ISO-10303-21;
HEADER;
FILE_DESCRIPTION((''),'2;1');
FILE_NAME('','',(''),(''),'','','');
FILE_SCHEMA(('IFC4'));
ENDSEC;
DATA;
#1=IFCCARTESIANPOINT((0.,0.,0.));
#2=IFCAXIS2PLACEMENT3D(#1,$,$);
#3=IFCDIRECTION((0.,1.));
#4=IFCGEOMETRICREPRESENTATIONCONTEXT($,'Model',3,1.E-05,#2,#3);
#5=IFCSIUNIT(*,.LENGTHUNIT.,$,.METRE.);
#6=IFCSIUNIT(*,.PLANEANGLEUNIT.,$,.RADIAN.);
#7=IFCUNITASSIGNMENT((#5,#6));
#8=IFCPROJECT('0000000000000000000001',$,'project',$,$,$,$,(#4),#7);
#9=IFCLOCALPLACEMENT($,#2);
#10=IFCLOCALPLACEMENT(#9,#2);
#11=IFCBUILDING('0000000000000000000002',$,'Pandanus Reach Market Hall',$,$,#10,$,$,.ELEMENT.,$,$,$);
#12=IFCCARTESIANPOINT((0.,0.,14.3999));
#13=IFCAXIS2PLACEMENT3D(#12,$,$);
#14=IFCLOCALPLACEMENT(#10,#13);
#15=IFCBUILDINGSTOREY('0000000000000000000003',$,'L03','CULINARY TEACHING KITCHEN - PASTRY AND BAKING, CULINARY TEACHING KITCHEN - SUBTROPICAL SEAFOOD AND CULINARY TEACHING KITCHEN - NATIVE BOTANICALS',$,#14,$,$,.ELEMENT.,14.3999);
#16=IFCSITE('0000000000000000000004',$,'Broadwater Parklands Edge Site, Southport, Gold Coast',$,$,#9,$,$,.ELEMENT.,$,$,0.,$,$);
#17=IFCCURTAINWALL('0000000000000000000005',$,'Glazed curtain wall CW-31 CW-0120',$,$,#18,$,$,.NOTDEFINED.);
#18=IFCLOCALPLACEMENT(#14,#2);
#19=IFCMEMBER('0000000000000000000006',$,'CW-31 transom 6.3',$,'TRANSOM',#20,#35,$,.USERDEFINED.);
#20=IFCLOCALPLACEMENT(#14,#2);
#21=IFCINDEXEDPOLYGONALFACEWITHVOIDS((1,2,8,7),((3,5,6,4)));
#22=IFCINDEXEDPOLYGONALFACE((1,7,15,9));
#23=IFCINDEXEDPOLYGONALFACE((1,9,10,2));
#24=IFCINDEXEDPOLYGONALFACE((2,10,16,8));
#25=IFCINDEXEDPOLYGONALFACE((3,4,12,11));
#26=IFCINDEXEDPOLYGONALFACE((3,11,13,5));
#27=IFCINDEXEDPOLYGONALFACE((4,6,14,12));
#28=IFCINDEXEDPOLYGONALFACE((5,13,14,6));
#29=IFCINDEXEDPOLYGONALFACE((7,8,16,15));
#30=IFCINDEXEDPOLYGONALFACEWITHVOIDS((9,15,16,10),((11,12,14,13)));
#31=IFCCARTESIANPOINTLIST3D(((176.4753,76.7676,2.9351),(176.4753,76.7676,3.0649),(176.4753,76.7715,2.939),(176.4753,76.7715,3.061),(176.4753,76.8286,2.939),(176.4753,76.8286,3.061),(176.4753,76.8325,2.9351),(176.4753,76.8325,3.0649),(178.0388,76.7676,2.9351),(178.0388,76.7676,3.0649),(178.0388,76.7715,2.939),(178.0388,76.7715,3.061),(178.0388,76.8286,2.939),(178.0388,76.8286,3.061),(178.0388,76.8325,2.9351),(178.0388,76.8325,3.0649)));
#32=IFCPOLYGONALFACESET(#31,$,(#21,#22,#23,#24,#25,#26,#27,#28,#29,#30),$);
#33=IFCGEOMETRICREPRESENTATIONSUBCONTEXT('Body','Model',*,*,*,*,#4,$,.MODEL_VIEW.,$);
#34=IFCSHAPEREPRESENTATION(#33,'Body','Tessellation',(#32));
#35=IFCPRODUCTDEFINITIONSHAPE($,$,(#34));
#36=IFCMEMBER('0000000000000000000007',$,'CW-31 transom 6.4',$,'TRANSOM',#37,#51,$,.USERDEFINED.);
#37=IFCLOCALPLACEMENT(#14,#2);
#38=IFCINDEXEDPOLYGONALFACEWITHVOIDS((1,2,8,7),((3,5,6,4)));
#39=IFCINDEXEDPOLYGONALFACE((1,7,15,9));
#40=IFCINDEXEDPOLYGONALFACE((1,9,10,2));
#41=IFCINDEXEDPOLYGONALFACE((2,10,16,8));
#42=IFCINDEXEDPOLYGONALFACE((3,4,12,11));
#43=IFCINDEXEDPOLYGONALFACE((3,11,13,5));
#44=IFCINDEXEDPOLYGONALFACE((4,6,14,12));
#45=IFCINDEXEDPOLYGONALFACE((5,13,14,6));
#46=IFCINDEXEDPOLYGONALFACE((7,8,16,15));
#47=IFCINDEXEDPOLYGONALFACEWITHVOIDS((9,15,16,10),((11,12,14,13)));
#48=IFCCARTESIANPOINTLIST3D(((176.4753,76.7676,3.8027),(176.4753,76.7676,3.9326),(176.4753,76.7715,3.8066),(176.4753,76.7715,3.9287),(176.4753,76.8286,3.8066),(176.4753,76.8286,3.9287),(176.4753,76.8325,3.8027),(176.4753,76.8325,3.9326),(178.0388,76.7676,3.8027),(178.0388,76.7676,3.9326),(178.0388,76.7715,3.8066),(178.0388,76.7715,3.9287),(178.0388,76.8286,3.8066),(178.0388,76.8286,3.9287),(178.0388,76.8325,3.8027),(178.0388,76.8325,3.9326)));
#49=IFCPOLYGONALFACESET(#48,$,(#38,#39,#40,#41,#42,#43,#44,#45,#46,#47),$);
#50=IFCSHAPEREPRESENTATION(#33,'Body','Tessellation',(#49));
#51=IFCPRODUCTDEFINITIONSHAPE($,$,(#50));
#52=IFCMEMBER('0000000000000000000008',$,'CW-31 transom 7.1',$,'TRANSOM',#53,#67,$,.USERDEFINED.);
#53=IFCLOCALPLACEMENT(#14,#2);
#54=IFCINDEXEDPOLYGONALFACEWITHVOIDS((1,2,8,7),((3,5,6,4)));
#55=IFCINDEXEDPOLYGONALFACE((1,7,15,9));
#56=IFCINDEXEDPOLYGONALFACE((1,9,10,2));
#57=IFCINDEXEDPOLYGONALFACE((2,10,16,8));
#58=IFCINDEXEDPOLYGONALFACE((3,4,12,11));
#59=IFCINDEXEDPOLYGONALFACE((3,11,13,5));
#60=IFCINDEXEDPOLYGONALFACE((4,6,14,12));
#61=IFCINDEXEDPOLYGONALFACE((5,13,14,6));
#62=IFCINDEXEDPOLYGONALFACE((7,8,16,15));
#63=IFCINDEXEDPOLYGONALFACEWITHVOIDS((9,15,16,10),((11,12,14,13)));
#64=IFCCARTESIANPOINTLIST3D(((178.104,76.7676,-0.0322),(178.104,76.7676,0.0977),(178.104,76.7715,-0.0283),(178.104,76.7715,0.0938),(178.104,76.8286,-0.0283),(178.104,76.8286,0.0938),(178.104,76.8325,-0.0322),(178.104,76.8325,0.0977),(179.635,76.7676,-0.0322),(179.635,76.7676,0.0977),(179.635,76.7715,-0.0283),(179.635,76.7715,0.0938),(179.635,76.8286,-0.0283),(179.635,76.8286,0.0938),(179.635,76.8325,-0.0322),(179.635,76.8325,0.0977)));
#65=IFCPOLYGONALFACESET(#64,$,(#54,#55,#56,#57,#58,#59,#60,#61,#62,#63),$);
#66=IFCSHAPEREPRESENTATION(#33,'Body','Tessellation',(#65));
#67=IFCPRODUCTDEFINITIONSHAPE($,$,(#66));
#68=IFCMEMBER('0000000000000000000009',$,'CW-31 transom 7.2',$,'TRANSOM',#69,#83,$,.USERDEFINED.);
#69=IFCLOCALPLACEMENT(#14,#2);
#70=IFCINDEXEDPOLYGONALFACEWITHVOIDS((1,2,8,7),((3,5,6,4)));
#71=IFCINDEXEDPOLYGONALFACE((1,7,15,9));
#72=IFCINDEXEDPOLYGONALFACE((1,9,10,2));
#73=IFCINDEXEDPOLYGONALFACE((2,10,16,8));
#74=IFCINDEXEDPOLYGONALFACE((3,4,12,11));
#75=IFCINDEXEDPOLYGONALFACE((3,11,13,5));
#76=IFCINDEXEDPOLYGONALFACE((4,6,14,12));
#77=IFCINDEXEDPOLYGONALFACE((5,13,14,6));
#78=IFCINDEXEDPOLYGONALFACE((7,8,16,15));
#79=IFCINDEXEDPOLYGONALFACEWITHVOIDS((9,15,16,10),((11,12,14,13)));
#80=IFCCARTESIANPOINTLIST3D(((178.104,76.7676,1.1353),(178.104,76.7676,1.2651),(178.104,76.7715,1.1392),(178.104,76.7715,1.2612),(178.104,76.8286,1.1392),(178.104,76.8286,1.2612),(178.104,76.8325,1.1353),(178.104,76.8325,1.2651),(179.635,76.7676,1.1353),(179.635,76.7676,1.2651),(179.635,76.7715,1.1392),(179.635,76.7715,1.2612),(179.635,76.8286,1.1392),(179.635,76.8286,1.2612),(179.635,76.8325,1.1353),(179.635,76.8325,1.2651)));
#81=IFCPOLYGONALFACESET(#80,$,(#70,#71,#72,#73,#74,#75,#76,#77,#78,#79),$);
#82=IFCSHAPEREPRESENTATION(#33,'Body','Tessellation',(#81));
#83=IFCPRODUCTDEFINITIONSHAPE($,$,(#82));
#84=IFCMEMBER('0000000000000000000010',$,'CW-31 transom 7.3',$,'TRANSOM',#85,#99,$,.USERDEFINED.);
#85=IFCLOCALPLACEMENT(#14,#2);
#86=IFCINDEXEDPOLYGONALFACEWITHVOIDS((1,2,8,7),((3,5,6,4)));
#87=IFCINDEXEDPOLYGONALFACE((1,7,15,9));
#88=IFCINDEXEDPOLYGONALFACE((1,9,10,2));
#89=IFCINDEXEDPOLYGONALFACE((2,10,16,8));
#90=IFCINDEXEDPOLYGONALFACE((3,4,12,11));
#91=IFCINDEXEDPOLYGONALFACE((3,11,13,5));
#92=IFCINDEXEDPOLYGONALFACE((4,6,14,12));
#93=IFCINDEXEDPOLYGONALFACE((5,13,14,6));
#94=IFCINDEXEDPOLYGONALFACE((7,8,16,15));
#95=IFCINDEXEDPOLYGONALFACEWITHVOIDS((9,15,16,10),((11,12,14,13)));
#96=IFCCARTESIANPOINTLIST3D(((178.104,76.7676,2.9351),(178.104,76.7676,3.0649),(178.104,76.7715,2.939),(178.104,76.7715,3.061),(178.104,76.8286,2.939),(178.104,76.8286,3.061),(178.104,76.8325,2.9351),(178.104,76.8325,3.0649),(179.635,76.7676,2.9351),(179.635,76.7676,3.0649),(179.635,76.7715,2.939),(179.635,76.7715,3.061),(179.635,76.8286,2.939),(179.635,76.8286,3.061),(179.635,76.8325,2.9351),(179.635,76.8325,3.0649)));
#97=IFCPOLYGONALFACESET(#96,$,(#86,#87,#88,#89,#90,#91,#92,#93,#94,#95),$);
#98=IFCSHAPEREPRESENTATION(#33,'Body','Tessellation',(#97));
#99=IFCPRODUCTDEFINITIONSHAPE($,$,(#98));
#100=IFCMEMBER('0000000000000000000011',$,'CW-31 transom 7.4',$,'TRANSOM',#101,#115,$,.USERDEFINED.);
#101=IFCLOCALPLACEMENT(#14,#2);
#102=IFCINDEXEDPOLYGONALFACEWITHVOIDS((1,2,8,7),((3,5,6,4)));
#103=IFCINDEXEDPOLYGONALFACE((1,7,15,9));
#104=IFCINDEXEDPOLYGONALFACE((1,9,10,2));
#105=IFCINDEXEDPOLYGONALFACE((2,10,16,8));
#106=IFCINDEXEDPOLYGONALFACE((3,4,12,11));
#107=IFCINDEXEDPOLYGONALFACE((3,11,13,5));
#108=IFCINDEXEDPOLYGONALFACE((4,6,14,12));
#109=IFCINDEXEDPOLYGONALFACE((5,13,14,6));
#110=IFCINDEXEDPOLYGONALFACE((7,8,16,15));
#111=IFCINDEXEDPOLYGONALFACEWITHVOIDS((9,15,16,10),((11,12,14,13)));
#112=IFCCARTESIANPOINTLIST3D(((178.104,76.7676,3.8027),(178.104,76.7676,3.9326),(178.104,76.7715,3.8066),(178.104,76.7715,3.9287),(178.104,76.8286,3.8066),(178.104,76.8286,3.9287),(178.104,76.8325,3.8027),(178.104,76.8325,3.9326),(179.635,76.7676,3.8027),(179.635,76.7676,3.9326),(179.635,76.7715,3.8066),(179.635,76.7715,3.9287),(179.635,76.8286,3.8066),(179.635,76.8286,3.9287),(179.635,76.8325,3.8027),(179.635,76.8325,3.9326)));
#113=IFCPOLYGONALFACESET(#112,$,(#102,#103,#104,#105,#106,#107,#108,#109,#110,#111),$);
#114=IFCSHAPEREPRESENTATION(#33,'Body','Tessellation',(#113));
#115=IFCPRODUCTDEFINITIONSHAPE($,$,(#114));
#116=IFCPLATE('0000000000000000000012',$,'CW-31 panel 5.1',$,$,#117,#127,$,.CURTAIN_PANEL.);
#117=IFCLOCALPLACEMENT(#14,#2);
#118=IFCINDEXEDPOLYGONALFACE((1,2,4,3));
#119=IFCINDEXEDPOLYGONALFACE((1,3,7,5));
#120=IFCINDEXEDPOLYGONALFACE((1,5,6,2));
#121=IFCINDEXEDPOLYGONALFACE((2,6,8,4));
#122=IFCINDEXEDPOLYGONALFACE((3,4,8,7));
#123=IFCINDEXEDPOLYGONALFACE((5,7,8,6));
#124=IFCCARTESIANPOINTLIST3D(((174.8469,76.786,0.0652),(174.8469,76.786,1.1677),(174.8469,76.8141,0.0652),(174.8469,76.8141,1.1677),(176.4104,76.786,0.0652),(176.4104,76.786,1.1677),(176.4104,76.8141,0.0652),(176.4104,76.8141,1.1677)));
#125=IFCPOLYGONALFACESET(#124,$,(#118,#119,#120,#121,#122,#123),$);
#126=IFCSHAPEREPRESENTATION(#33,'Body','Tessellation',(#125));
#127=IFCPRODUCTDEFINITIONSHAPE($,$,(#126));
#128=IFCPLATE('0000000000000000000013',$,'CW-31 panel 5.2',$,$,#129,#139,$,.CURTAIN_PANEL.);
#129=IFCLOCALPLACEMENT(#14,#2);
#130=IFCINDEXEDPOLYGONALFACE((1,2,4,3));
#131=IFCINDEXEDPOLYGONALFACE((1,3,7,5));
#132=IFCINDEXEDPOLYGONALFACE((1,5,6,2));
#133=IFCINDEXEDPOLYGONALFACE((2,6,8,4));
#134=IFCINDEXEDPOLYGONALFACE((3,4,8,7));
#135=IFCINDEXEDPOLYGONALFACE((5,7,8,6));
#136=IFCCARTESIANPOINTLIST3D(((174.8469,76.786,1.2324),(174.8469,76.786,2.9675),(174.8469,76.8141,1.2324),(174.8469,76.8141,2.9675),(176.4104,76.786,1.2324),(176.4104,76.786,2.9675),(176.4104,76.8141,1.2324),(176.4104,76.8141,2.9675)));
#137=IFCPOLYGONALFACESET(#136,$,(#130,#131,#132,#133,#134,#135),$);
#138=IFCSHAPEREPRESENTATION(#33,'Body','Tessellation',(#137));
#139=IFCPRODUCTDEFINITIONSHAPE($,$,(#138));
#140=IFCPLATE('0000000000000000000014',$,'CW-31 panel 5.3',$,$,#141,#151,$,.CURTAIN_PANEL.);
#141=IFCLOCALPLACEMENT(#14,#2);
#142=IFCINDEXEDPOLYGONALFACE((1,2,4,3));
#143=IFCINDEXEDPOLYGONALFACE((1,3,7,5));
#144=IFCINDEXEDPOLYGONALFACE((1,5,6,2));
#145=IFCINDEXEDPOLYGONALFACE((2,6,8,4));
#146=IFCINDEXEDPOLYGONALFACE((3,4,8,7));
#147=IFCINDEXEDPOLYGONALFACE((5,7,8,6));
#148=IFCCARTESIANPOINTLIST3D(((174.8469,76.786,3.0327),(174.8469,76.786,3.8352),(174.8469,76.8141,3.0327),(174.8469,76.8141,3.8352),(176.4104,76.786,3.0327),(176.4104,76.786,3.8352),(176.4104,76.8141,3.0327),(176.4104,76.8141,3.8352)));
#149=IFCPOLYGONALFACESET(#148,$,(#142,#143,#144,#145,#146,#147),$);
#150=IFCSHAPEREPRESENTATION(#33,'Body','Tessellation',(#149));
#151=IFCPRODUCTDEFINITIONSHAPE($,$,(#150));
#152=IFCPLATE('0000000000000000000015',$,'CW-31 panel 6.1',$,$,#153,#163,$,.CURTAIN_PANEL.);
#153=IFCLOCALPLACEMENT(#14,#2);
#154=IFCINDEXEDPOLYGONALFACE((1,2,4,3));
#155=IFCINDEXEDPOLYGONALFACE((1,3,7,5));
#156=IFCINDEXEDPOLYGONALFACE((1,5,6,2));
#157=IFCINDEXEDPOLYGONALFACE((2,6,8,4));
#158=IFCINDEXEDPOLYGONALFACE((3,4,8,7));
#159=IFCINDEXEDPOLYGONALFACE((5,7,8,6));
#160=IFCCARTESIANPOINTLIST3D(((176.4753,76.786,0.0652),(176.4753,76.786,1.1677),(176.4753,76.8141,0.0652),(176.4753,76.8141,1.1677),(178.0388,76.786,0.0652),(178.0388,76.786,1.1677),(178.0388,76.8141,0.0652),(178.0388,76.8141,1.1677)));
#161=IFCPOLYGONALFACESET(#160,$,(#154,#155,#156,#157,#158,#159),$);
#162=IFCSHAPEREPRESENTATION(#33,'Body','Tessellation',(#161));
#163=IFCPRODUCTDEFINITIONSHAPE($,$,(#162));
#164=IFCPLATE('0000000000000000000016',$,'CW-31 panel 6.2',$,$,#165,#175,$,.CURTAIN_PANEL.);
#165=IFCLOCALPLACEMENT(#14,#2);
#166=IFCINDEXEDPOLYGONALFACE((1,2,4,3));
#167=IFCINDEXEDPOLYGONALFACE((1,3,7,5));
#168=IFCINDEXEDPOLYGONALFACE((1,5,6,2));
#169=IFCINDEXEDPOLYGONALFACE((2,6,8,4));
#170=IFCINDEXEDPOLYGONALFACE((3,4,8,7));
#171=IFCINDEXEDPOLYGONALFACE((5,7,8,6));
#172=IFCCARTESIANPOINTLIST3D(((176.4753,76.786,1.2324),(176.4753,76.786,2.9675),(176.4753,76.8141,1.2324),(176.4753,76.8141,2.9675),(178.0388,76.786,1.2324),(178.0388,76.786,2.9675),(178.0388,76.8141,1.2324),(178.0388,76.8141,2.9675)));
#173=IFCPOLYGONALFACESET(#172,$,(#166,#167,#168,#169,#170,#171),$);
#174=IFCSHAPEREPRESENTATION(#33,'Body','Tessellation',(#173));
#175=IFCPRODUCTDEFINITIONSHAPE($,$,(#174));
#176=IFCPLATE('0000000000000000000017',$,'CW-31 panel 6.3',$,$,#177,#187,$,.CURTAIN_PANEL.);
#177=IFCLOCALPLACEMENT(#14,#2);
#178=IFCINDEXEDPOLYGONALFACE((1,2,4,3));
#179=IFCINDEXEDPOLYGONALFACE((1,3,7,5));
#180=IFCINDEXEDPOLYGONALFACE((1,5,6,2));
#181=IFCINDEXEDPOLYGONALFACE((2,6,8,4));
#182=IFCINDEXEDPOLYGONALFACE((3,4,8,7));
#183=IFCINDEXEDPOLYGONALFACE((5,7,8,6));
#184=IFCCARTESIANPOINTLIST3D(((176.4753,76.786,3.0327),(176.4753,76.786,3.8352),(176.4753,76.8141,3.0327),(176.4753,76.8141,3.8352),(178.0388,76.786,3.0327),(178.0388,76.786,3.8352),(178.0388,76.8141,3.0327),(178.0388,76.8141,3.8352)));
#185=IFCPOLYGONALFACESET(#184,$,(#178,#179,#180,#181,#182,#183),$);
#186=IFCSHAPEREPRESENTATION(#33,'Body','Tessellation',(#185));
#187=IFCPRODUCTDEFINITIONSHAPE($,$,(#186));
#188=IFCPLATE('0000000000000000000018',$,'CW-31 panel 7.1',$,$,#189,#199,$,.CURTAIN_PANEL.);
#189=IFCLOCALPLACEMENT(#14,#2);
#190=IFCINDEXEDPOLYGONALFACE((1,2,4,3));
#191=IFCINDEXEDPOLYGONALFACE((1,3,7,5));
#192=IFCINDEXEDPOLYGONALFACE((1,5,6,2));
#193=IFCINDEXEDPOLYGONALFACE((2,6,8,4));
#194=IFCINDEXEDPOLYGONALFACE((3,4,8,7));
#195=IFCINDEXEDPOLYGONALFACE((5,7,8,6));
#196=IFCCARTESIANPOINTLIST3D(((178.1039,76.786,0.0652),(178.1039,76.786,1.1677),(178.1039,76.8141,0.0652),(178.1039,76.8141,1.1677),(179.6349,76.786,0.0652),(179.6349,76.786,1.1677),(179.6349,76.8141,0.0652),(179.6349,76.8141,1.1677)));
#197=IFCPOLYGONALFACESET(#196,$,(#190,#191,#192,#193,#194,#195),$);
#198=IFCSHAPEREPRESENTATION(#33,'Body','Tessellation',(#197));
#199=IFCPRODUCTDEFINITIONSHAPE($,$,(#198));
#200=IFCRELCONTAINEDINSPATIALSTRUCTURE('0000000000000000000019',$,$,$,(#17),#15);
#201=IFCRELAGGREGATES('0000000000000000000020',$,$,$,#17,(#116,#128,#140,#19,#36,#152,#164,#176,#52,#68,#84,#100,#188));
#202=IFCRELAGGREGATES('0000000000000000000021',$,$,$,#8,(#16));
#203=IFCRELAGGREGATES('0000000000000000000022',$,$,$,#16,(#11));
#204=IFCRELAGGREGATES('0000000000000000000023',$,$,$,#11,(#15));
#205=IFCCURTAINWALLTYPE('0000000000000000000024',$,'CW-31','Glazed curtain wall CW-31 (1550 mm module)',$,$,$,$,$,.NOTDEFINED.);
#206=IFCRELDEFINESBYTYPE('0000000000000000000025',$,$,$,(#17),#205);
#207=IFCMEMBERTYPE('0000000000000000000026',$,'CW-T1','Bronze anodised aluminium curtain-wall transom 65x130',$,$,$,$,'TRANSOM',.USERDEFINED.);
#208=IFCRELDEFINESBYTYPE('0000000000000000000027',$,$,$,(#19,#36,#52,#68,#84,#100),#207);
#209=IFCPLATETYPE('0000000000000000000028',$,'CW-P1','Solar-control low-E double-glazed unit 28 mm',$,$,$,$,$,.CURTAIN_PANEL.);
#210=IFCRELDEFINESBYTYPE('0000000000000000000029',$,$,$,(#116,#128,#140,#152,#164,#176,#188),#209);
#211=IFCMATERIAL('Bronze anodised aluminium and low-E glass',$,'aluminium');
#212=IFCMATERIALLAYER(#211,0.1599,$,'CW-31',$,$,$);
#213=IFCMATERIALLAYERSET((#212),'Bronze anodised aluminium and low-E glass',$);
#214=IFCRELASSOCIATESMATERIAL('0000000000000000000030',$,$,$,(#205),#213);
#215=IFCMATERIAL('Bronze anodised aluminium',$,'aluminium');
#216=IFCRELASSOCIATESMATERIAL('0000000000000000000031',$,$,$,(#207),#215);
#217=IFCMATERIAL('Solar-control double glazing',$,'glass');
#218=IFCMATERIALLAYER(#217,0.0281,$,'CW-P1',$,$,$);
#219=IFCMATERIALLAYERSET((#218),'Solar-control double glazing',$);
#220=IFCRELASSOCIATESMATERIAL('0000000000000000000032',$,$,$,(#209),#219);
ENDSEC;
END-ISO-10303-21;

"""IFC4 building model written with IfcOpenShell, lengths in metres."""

from ifc_helpers import new_model, si_unit, direction, frame, origin, origin_2d, place, context, subcontext, project, spatial, rectangle, hollow_rectangle, extrude, material, layer, layer_set, material_profile, profile_set, type_object, element, aggregate, save


model = new_model("IFC4")

# Units and contexts
model_context = context("Model", 3, precision=1e-05, world=origin(), true_north=direction((0.0, 1.0)))
body_context = subcontext(model_context, "Body", "Model", "MODEL_VIEW")
ifc_project = project(units=[si_unit("LENGTHUNIT", "METRE"), si_unit("PLANEANGLEUNIT", "RADIAN")], contexts=[model_context])

# Site, building, storey
site_placement = place(None, origin())
site = spatial("IfcSite", under=ifc_project, at=site_placement, Name="Broadwater Parklands Edge Site, Southport, Gold Coast", CompositionType="ELEMENT", RefElevation=0.0)
building_placement = place(site_placement, origin())
building = spatial("IfcBuilding", under=site, at=building_placement, Name="Pandanus Reach Market Hall", CompositionType="ELEMENT")
storey_placement = place(building_placement, frame((0.0, 0.0, 14.3999)))
storey = spatial("IfcBuildingStorey", under=building, at=storey_placement, Name="L03", Description="CULINARY TEACHING KITCHEN - PASTRY AND BAKING, CULINARY TEACHING KITCHEN - SUBTROPICAL SEAFOOD AND CULINARY TEACHING KITCHEN - NATIVE BOTANICALS", CompositionType="ELEMENT", Elevation=14.3999)

# Curtain wall, members, plates
ifc_material_1 = material(Name="Bronze anodised aluminium and low-E glass", Category="aluminium")
ifc_layer_1 = layer(ifc_material_1, 0.1599, Name="CW-31")
ifc_layer_set_1 = layer_set([ifc_layer_1], Name="Bronze anodised aluminium and low-E glass")
curtain_wall_type = type_object("IfcCurtainWallType", Name="CW-31", Description="Glazed curtain wall CW-31 (1550 mm module)", PredefinedType="NOTDEFINED", material=ifc_layer_set_1)
curtain_wall_placement = place(storey_placement, origin())
curtain_wall = element("IfcCurtainWall", 1, at=curtain_wall_placement, inside=storey, type_object=curtain_wall_type, Name="Glazed curtain wall CW-31 CW-0120", PredefinedType="NOTDEFINED")
ifc_material_2 = material(Name="Bronze anodised aluminium", Category="aluminium")
ifc_material_profile_1 = material_profile(ifc_material_2, hollow_rectangle(XDim=0.0649, YDim=0.1299, WallThickness=0.0039, at=origin_2d()), Name="ALU65x130", Category="LoadBearing")
ifc_profile_set_1 = profile_set([ifc_material_profile_1], Name="Bronze anodised aluminium")
member_type_1 = type_object("IfcMemberType", Name="CW-T1", Description="Bronze anodised aluminium curtain-wall transom 65x130", ElementType="TRANSOM", PredefinedType="USERDEFINED", material=ifc_profile_set_1)
member_1_placement = place(storey_placement, frame((176.4753, 76.8, 3.0), z_axis=(1.0, 0.0, 0.0), x_axis=(0.0, 1.0, 0.0)))
member_1 = element("IfcMember", 2, at=member_1_placement, type_object=member_type_1, Name="CW-31 transom 6.3", ObjectType="TRANSOM", PredefinedType="USERDEFINED", context=body_context, shape_type="SweptSolid", body=[
    extrude(hollow_rectangle(XDim=0.0649, YDim=0.1299, WallThickness=0.0039, at=origin_2d()), origin(), (0.0, 0.0, 1.0), 1.5635),
])
member_2_placement = place(storey_placement, frame((176.4753, 76.8, 3.8677), z_axis=(1.0, 0.0, 0.0), x_axis=(0.0, 1.0, 0.0)))
member_2 = element("IfcMember", 3, at=member_2_placement, type_object=member_type_1, Name="CW-31 transom 6.4", ObjectType="TRANSOM", PredefinedType="USERDEFINED", context=body_context, shape_type="SweptSolid", body=[
    extrude(hollow_rectangle(XDim=0.0649, YDim=0.1299, WallThickness=0.0039, at=origin_2d()), origin(), (0.0, 0.0, 1.0), 1.5635),
])
member_3_placement = place(storey_placement, frame((178.104, 76.8, 0.0327), z_axis=(1.0, 0.0, 0.0), x_axis=(0.0, 1.0, 0.0)))
member_3 = element("IfcMember", 4, at=member_3_placement, type_object=member_type_1, Name="CW-31 transom 7.1", ObjectType="TRANSOM", PredefinedType="USERDEFINED", context=body_context, shape_type="SweptSolid", body=[
    extrude(hollow_rectangle(XDim=0.0649, YDim=0.1299, WallThickness=0.0039, at=origin_2d()), origin(), (0.0, 0.0, 1.0), 1.531),
])
member_4_placement = place(storey_placement, frame((178.104, 76.8, 1.2002), z_axis=(1.0, 0.0, 0.0), x_axis=(0.0, 1.0, 0.0)))
member_4 = element("IfcMember", 5, at=member_4_placement, type_object=member_type_1, Name="CW-31 transom 7.2", ObjectType="TRANSOM", PredefinedType="USERDEFINED", context=body_context, shape_type="SweptSolid", body=[
    extrude(hollow_rectangle(XDim=0.0649, YDim=0.1299, WallThickness=0.0039, at=origin_2d()), origin(), (0.0, 0.0, 1.0), 1.531),
])
member_5_placement = place(storey_placement, frame((178.104, 76.8, 3.0), z_axis=(1.0, 0.0, 0.0), x_axis=(0.0, 1.0, 0.0)))
member_5 = element("IfcMember", 6, at=member_5_placement, type_object=member_type_1, Name="CW-31 transom 7.3", ObjectType="TRANSOM", PredefinedType="USERDEFINED", context=body_context, shape_type="SweptSolid", body=[
    extrude(hollow_rectangle(XDim=0.0649, YDim=0.1299, WallThickness=0.0039, at=origin_2d()), origin(), (0.0, 0.0, 1.0), 1.531),
])
member_6_placement = place(storey_placement, frame((178.104, 76.8, 3.8677), z_axis=(1.0, 0.0, 0.0), x_axis=(0.0, 1.0, 0.0)))
member_6 = element("IfcMember", 7, at=member_6_placement, type_object=member_type_1, Name="CW-31 transom 7.4", ObjectType="TRANSOM", PredefinedType="USERDEFINED", context=body_context, shape_type="SweptSolid", body=[
    extrude(hollow_rectangle(XDim=0.0649, YDim=0.1299, WallThickness=0.0039, at=origin_2d()), origin(), (0.0, 0.0, 1.0), 1.531),
])
ifc_material_3 = material(Name="Solar-control double glazing", Category="glass")
ifc_layer_2 = layer(ifc_material_3, 0.0281, Name="CW-P1")
ifc_layer_set_2 = layer_set([ifc_layer_2], Name="Solar-control double glazing")
plate_type_1 = type_object("IfcPlateType", Name="CW-P1", Description="Solar-control low-E double-glazed unit 28 mm", PredefinedType="CURTAIN_PANEL", material=ifc_layer_set_2)
plate_1_placement = place(storey_placement, frame((175.6287, 76.8, 0.0652), z_axis=(0.0, 0.0, 1.0), x_axis=(1.0, 0.0, 0.0)))
plate_1 = element("IfcPlate", 8, at=plate_1_placement, type_object=plate_type_1, Name="CW-31 panel 5.1", PredefinedType="CURTAIN_PANEL", context=body_context, shape_type="SweptSolid", body=[
    extrude(rectangle(XDim=1.5635, YDim=0.0281, at=origin_2d()), origin(), (0.0, 0.0, 1.0), 1.1025),
])
plate_2_placement = place(storey_placement, frame((175.6287, 76.8, 1.2324), z_axis=(0.0, 0.0, 1.0), x_axis=(1.0, 0.0, 0.0)))
plate_2 = element("IfcPlate", 9, at=plate_2_placement, type_object=plate_type_1, Name="CW-31 panel 5.2", PredefinedType="CURTAIN_PANEL", context=body_context, shape_type="SweptSolid", body=[
    extrude(rectangle(XDim=1.5635, YDim=0.0281, at=origin_2d()), origin(), (0.0, 0.0, 1.0), 1.7351),
])
plate_3_placement = place(storey_placement, frame((175.6287, 76.8, 3.0327), z_axis=(0.0, 0.0, 1.0), x_axis=(1.0, 0.0, 0.0)))
plate_3 = element("IfcPlate", 10, at=plate_3_placement, type_object=plate_type_1, Name="CW-31 panel 5.3", PredefinedType="CURTAIN_PANEL", context=body_context, shape_type="SweptSolid", body=[
    extrude(rectangle(XDim=1.5635, YDim=0.0281, at=origin_2d()), origin(), (0.0, 0.0, 1.0), 0.8025),
])
plate_4_placement = place(storey_placement, frame((177.2571, 76.8, 0.0652), z_axis=(0.0, 0.0, 1.0), x_axis=(1.0, 0.0, 0.0)))
plate_4 = element("IfcPlate", 11, at=plate_4_placement, type_object=plate_type_1, Name="CW-31 panel 6.1", PredefinedType="CURTAIN_PANEL", context=body_context, shape_type="SweptSolid", body=[
    extrude(rectangle(XDim=1.5635, YDim=0.0281, at=origin_2d()), origin(), (0.0, 0.0, 1.0), 1.1025),
])
plate_5_placement = place(storey_placement, frame((177.2571, 76.8, 1.2324), z_axis=(0.0, 0.0, 1.0), x_axis=(1.0, 0.0, 0.0)))
plate_5 = element("IfcPlate", 12, at=plate_5_placement, type_object=plate_type_1, Name="CW-31 panel 6.2", PredefinedType="CURTAIN_PANEL", context=body_context, shape_type="SweptSolid", body=[
    extrude(rectangle(XDim=1.5635, YDim=0.0281, at=origin_2d()), origin(), (0.0, 0.0, 1.0), 1.7351),
])
plate_6_placement = place(storey_placement, frame((177.2571, 76.8, 3.0327), z_axis=(0.0, 0.0, 1.0), x_axis=(1.0, 0.0, 0.0)))
plate_6 = element("IfcPlate", 13, at=plate_6_placement, type_object=plate_type_1, Name="CW-31 panel 6.3", PredefinedType="CURTAIN_PANEL", context=body_context, shape_type="SweptSolid", body=[
    extrude(rectangle(XDim=1.5635, YDim=0.0281, at=origin_2d()), origin(), (0.0, 0.0, 1.0), 0.8025),
])
plate_7_placement = place(storey_placement, frame((178.8694, 76.8, 0.0652), z_axis=(0.0, 0.0, 1.0), x_axis=(1.0, 0.0, 0.0)))
plate_7 = element("IfcPlate", 14, at=plate_7_placement, type_object=plate_type_1, Name="CW-31 panel 7.1", PredefinedType="CURTAIN_PANEL", context=body_context, shape_type="SweptSolid", body=[
    extrude(rectangle(XDim=1.531, YDim=0.0281, at=origin_2d()), origin(), (0.0, 0.0, 1.0), 1.1025),
])
aggregate(curtain_wall, [plate_1, plate_2, plate_3, member_1, member_2, plate_4, plate_5, plate_6, member_3, member_4, member_5, member_6, plate_7])

save(model, "model.ifc")
